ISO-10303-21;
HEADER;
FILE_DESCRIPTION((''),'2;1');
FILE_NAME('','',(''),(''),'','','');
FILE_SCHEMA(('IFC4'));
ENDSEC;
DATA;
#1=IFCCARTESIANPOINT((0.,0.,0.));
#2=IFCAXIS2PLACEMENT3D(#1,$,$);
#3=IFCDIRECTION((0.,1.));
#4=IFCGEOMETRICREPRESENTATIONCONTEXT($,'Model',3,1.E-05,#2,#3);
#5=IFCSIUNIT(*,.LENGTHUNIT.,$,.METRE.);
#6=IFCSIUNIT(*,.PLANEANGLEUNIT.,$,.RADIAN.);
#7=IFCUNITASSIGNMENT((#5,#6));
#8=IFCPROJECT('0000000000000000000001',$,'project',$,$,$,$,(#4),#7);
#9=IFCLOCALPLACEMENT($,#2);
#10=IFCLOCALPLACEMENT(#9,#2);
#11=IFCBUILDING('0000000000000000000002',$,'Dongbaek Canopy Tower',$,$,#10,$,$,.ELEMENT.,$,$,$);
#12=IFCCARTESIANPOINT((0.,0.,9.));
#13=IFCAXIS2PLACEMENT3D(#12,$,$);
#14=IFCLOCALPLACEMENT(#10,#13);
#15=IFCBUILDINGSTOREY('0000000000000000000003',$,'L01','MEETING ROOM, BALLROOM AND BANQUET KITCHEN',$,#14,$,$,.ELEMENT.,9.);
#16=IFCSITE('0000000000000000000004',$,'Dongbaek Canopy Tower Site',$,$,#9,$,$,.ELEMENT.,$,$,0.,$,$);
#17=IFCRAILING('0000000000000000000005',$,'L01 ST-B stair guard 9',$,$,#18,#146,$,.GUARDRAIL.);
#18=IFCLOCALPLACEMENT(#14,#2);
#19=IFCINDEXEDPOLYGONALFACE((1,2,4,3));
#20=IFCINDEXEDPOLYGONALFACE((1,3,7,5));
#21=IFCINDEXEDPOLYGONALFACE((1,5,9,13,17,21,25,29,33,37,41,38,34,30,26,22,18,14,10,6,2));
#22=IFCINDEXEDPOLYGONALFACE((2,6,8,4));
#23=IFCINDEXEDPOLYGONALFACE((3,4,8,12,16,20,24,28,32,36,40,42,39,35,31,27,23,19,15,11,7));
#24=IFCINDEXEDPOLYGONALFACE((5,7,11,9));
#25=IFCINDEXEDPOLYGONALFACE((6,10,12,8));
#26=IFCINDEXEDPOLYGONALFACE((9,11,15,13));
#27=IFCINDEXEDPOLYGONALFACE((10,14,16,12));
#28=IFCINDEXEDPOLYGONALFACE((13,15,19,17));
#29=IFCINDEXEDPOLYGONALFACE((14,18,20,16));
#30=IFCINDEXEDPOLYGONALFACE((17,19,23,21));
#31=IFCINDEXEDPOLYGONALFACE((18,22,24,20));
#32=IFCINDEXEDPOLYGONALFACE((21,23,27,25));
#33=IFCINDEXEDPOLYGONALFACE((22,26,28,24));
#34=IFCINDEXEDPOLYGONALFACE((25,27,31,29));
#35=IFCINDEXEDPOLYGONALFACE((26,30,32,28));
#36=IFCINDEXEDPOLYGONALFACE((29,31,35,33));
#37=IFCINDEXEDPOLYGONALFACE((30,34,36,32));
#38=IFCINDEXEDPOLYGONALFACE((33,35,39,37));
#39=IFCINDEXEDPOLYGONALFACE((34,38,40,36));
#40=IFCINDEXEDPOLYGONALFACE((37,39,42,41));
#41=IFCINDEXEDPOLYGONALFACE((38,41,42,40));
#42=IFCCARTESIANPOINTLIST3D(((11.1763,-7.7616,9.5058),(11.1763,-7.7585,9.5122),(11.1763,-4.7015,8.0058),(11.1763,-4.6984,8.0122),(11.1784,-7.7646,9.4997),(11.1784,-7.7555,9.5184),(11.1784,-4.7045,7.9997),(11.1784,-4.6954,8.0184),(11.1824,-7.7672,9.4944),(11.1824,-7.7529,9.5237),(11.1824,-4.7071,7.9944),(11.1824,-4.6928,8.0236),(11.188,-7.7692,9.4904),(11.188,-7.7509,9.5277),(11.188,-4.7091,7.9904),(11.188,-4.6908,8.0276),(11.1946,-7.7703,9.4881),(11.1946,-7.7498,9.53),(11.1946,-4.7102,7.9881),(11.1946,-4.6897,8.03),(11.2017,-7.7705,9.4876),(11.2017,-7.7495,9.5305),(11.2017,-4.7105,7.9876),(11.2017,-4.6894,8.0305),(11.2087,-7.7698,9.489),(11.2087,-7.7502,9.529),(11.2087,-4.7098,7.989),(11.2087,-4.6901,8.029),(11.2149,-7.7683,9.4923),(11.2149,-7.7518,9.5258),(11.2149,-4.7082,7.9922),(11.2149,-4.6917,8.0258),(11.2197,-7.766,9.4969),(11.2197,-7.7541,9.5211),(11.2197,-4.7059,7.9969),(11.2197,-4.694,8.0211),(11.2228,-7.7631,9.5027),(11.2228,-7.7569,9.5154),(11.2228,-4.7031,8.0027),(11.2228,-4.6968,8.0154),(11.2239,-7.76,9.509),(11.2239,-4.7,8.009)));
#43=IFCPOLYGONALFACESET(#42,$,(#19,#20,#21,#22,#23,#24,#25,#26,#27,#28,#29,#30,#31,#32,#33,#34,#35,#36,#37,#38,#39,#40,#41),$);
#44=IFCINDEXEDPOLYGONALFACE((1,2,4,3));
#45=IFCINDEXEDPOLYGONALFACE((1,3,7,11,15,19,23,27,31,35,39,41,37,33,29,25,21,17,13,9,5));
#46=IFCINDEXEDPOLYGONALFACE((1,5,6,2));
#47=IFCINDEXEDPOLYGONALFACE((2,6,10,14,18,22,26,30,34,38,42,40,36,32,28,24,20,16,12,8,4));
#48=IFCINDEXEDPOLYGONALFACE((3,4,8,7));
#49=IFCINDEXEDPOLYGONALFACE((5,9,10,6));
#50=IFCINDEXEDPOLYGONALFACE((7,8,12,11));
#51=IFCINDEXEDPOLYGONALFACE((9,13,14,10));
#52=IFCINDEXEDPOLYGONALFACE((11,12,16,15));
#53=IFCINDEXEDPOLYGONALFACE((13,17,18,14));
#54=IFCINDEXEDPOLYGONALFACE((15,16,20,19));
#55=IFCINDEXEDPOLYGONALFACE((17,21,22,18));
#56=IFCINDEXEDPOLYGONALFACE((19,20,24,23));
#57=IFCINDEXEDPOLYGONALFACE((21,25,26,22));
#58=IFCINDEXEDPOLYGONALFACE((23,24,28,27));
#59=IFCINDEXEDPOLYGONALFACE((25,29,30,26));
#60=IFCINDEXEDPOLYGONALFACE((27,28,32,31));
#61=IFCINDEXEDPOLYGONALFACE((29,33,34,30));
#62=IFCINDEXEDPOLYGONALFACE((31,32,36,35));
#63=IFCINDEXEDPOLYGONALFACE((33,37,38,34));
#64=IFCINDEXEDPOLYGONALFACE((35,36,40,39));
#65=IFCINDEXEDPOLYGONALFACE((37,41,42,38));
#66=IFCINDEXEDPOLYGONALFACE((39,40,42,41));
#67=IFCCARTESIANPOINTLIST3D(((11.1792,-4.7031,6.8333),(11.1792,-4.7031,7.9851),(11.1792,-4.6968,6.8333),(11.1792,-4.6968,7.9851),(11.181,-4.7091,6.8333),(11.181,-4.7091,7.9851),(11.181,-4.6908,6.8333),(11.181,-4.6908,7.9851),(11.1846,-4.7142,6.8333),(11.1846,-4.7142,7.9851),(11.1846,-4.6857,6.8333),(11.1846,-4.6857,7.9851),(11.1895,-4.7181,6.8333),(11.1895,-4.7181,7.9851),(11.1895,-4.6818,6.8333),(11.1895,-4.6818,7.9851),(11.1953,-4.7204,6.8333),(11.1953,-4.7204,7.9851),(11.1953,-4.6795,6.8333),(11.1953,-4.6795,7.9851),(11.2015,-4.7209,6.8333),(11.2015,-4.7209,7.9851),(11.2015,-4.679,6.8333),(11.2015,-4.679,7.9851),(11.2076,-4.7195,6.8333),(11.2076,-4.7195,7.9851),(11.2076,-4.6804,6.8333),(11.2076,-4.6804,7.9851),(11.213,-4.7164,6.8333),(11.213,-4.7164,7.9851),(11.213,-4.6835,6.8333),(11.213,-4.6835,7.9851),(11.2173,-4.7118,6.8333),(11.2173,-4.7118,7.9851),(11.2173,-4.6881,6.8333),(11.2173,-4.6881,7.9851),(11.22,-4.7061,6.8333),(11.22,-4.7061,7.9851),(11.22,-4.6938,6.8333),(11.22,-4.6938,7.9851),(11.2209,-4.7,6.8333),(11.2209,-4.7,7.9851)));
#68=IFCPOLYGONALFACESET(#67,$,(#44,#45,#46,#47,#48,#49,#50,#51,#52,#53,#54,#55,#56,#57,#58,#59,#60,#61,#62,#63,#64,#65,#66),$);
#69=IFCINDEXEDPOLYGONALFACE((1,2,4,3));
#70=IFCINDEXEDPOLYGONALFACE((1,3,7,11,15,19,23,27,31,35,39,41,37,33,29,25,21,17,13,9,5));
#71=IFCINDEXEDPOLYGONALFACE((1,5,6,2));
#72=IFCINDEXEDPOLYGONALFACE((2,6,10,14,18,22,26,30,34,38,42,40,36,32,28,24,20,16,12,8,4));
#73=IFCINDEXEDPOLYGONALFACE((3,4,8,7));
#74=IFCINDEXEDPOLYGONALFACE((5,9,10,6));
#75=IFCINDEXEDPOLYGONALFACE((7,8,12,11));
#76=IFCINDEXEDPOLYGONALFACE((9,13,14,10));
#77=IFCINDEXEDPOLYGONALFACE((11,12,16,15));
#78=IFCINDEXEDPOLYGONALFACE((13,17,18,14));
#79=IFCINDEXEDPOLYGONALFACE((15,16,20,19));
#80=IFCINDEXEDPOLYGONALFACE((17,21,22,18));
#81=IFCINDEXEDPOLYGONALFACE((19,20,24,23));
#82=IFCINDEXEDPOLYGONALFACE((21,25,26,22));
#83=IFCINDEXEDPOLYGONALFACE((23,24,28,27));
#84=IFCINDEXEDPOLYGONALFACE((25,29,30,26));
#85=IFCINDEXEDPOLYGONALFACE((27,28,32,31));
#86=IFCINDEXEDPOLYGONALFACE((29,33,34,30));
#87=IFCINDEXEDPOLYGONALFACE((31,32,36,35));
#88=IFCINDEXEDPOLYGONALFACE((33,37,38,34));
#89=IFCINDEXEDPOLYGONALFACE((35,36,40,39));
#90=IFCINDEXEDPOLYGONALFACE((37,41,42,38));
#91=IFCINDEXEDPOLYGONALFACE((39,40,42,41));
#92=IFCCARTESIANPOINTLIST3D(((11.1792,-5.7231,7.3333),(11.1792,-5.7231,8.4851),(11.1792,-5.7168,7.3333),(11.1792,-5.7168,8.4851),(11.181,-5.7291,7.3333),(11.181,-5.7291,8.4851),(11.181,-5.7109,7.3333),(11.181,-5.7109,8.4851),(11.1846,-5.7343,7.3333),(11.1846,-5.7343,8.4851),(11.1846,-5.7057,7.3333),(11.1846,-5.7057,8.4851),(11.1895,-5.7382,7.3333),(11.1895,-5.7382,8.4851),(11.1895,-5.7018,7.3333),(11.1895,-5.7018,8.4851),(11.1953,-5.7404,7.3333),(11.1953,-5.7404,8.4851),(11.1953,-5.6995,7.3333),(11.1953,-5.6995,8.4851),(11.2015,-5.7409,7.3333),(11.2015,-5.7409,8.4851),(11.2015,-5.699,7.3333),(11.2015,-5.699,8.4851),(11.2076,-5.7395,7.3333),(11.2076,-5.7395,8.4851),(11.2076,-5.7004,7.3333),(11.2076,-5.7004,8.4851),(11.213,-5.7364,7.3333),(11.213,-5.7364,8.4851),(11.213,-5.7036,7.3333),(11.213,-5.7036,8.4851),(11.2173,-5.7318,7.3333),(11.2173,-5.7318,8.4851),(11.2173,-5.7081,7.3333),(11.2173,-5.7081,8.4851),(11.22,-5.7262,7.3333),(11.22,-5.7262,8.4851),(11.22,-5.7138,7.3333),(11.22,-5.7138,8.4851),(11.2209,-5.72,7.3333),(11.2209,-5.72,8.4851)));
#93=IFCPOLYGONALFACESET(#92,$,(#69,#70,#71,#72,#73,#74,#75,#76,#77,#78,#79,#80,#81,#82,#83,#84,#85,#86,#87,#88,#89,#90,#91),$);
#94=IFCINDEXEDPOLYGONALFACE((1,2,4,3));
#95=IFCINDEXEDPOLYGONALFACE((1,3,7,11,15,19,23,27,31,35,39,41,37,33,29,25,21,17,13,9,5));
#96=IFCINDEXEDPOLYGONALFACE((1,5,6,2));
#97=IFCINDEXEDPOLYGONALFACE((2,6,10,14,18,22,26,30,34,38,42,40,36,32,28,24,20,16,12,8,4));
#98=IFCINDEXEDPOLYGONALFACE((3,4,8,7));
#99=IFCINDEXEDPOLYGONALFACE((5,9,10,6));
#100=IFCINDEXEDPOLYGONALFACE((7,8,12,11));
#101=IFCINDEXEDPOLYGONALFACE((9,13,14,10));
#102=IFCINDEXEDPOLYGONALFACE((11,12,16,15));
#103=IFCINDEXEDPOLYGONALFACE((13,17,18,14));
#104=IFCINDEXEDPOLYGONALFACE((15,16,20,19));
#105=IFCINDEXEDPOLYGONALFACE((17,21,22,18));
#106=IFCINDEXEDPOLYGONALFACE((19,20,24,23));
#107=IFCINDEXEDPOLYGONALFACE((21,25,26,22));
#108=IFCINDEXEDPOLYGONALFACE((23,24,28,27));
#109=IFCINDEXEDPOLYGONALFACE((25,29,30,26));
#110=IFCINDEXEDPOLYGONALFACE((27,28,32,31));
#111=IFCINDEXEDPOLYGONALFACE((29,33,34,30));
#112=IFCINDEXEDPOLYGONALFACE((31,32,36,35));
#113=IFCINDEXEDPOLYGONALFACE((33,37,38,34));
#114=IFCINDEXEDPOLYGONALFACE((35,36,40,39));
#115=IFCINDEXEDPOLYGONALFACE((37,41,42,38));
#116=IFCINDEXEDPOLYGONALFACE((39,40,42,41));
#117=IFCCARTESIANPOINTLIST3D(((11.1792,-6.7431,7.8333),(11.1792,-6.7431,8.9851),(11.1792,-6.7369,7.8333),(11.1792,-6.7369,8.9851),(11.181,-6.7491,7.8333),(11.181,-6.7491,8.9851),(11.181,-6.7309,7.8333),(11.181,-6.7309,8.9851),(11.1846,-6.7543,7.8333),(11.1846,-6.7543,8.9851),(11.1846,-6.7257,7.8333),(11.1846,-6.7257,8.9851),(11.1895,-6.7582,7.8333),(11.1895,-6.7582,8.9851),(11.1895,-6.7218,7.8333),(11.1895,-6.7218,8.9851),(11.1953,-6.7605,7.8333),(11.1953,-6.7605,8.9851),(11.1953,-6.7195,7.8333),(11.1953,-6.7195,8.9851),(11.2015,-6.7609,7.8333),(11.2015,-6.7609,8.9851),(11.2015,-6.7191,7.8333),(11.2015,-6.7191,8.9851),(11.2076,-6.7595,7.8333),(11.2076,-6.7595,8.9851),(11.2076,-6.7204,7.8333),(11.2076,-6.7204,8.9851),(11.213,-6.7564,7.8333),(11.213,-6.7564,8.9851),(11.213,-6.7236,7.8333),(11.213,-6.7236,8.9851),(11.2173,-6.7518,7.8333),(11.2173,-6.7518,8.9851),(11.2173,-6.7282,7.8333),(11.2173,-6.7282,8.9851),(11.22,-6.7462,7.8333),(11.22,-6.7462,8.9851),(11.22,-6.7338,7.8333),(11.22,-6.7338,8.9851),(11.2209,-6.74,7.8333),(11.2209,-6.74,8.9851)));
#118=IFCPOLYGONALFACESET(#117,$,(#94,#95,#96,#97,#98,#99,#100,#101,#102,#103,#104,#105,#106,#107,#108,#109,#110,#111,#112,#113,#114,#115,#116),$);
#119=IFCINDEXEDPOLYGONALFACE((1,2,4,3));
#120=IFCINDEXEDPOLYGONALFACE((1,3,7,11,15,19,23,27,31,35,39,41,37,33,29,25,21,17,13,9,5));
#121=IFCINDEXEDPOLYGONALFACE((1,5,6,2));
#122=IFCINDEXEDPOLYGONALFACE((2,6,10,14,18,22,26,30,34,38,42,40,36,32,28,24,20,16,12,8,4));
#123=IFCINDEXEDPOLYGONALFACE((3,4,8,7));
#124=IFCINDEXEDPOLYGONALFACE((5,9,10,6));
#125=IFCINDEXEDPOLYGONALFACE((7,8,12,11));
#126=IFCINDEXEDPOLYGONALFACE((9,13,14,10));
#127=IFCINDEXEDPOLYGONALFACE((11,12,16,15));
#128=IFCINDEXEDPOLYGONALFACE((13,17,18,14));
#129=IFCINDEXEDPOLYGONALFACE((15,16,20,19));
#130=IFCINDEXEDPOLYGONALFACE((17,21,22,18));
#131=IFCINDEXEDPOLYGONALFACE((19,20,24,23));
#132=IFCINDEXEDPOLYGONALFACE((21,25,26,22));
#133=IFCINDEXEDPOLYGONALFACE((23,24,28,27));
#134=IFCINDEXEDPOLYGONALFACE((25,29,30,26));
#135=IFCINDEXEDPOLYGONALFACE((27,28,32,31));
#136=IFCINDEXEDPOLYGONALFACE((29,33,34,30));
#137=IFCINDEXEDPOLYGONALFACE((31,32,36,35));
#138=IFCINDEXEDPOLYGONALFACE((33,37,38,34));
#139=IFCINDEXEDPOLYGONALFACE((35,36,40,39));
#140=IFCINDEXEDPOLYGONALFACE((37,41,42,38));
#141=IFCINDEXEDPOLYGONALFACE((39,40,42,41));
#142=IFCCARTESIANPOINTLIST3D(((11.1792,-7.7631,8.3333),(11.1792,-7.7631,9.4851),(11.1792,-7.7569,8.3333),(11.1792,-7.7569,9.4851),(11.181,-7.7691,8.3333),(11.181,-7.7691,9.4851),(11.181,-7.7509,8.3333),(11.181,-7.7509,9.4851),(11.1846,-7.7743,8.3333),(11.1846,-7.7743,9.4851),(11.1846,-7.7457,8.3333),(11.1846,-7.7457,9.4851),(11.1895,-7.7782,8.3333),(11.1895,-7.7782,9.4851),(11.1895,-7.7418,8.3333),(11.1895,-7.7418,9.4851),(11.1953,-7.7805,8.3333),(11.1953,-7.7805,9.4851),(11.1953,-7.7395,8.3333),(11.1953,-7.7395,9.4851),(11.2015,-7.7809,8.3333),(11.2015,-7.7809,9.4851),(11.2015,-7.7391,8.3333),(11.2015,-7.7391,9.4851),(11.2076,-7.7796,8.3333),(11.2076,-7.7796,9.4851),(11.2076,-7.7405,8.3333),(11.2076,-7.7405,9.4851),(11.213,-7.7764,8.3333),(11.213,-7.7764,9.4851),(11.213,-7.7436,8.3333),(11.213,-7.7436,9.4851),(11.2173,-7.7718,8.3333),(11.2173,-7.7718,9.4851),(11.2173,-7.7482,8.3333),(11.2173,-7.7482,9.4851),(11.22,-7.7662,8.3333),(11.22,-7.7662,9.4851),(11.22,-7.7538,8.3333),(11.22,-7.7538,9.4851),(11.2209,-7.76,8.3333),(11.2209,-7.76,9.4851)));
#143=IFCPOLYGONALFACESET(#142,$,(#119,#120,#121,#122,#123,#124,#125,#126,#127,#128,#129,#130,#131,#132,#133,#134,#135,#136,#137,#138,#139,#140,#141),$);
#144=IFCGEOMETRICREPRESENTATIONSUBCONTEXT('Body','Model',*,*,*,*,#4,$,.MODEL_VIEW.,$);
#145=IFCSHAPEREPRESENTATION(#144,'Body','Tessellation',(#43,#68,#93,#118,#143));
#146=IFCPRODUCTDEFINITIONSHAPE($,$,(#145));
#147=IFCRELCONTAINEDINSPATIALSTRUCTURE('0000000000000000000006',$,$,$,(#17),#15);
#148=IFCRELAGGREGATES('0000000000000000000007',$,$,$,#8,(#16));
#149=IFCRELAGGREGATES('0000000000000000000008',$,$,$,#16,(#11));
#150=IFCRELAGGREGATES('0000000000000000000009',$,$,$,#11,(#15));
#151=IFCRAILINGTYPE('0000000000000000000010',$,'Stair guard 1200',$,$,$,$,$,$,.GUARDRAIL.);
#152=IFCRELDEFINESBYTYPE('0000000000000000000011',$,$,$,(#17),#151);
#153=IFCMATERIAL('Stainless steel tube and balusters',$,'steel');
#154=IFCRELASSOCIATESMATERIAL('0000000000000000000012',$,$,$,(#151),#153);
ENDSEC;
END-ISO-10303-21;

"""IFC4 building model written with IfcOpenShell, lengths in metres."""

from ifc_helpers import new_model, si_unit, direction, frame, origin, origin_2d, place, context, subcontext, project, spatial, circle, extrude, material, type_object, element, save


model = new_model("IFC4")

# Units and contexts
model_context = context("Model", 3, precision=1e-05, world=origin(), true_north=direction((0.0, 1.0)))
body_context = subcontext(model_context, "Body", "Model", "MODEL_VIEW")
ifc_project = project(units=[si_unit("LENGTHUNIT", "METRE"), si_unit("PLANEANGLEUNIT", "RADIAN")], contexts=[model_context])

# Site, building, storey
site_placement = place(None, origin())
site = spatial("IfcSite", under=ifc_project, at=site_placement, Name="Dongbaek Canopy Tower Site", CompositionType="ELEMENT", RefElevation=0.0)
building_placement = place(site_placement, origin())
building = spatial("IfcBuilding", under=site, at=building_placement, Name="Dongbaek Canopy Tower", CompositionType="ELEMENT")
storey_placement = place(building_placement, frame((0.0, 0.0, 9.0)))
storey = spatial("IfcBuildingStorey", under=building, at=storey_placement, Name="L01", Description="MEETING ROOM, BALLROOM AND BANQUET KITCHEN", CompositionType="ELEMENT", Elevation=9.0)

# Railing
ifc_material_1 = material(Name="Stainless steel tube and balusters", Category="steel")
railing_type_1 = type_object("IfcRailingType", Name="Stair guard 1200", PredefinedType="GUARDRAIL", material=ifc_material_1)
railing_1_placement = place(storey_placement, frame((11.2, -4.7, 6.8333)))
element("IfcRailing", 1, at=railing_1_placement, inside=storey, type_object=railing_type_1, Name="L01 ST-B stair guard 9", PredefinedType="GUARDRAIL", context=body_context, shape_type="SweptSolid", body=[
    extrude(circle(Radius=0.0239, at=origin_2d()), frame((0.0, 0.0, 1.1758), z_axis=(0.0, -0.897924, 0.44015), x_axis=(1.0, 0.0, 0.0)), (0.0, 0.0, 1.0), 3.408),
    extrude(circle(Radius=0.021, at=origin_2d()), origin(), (0.0, 0.0, 1.0), 1.1519),
    extrude(circle(Radius=0.021, at=origin_2d()), frame((0.0, -1.02, 0.5)), (0.0, 0.0, 1.0), 1.1519),
    extrude(circle(Radius=0.021, at=origin_2d()), frame((0.0, -2.04, 1.0)), (0.0, 0.0, 1.0), 1.1519),
    extrude(circle(Radius=0.021, at=origin_2d()), frame((0.0, -3.0601, 1.5)), (0.0, 0.0, 1.0), 1.1519),
])

save(model, "model.ifc")
